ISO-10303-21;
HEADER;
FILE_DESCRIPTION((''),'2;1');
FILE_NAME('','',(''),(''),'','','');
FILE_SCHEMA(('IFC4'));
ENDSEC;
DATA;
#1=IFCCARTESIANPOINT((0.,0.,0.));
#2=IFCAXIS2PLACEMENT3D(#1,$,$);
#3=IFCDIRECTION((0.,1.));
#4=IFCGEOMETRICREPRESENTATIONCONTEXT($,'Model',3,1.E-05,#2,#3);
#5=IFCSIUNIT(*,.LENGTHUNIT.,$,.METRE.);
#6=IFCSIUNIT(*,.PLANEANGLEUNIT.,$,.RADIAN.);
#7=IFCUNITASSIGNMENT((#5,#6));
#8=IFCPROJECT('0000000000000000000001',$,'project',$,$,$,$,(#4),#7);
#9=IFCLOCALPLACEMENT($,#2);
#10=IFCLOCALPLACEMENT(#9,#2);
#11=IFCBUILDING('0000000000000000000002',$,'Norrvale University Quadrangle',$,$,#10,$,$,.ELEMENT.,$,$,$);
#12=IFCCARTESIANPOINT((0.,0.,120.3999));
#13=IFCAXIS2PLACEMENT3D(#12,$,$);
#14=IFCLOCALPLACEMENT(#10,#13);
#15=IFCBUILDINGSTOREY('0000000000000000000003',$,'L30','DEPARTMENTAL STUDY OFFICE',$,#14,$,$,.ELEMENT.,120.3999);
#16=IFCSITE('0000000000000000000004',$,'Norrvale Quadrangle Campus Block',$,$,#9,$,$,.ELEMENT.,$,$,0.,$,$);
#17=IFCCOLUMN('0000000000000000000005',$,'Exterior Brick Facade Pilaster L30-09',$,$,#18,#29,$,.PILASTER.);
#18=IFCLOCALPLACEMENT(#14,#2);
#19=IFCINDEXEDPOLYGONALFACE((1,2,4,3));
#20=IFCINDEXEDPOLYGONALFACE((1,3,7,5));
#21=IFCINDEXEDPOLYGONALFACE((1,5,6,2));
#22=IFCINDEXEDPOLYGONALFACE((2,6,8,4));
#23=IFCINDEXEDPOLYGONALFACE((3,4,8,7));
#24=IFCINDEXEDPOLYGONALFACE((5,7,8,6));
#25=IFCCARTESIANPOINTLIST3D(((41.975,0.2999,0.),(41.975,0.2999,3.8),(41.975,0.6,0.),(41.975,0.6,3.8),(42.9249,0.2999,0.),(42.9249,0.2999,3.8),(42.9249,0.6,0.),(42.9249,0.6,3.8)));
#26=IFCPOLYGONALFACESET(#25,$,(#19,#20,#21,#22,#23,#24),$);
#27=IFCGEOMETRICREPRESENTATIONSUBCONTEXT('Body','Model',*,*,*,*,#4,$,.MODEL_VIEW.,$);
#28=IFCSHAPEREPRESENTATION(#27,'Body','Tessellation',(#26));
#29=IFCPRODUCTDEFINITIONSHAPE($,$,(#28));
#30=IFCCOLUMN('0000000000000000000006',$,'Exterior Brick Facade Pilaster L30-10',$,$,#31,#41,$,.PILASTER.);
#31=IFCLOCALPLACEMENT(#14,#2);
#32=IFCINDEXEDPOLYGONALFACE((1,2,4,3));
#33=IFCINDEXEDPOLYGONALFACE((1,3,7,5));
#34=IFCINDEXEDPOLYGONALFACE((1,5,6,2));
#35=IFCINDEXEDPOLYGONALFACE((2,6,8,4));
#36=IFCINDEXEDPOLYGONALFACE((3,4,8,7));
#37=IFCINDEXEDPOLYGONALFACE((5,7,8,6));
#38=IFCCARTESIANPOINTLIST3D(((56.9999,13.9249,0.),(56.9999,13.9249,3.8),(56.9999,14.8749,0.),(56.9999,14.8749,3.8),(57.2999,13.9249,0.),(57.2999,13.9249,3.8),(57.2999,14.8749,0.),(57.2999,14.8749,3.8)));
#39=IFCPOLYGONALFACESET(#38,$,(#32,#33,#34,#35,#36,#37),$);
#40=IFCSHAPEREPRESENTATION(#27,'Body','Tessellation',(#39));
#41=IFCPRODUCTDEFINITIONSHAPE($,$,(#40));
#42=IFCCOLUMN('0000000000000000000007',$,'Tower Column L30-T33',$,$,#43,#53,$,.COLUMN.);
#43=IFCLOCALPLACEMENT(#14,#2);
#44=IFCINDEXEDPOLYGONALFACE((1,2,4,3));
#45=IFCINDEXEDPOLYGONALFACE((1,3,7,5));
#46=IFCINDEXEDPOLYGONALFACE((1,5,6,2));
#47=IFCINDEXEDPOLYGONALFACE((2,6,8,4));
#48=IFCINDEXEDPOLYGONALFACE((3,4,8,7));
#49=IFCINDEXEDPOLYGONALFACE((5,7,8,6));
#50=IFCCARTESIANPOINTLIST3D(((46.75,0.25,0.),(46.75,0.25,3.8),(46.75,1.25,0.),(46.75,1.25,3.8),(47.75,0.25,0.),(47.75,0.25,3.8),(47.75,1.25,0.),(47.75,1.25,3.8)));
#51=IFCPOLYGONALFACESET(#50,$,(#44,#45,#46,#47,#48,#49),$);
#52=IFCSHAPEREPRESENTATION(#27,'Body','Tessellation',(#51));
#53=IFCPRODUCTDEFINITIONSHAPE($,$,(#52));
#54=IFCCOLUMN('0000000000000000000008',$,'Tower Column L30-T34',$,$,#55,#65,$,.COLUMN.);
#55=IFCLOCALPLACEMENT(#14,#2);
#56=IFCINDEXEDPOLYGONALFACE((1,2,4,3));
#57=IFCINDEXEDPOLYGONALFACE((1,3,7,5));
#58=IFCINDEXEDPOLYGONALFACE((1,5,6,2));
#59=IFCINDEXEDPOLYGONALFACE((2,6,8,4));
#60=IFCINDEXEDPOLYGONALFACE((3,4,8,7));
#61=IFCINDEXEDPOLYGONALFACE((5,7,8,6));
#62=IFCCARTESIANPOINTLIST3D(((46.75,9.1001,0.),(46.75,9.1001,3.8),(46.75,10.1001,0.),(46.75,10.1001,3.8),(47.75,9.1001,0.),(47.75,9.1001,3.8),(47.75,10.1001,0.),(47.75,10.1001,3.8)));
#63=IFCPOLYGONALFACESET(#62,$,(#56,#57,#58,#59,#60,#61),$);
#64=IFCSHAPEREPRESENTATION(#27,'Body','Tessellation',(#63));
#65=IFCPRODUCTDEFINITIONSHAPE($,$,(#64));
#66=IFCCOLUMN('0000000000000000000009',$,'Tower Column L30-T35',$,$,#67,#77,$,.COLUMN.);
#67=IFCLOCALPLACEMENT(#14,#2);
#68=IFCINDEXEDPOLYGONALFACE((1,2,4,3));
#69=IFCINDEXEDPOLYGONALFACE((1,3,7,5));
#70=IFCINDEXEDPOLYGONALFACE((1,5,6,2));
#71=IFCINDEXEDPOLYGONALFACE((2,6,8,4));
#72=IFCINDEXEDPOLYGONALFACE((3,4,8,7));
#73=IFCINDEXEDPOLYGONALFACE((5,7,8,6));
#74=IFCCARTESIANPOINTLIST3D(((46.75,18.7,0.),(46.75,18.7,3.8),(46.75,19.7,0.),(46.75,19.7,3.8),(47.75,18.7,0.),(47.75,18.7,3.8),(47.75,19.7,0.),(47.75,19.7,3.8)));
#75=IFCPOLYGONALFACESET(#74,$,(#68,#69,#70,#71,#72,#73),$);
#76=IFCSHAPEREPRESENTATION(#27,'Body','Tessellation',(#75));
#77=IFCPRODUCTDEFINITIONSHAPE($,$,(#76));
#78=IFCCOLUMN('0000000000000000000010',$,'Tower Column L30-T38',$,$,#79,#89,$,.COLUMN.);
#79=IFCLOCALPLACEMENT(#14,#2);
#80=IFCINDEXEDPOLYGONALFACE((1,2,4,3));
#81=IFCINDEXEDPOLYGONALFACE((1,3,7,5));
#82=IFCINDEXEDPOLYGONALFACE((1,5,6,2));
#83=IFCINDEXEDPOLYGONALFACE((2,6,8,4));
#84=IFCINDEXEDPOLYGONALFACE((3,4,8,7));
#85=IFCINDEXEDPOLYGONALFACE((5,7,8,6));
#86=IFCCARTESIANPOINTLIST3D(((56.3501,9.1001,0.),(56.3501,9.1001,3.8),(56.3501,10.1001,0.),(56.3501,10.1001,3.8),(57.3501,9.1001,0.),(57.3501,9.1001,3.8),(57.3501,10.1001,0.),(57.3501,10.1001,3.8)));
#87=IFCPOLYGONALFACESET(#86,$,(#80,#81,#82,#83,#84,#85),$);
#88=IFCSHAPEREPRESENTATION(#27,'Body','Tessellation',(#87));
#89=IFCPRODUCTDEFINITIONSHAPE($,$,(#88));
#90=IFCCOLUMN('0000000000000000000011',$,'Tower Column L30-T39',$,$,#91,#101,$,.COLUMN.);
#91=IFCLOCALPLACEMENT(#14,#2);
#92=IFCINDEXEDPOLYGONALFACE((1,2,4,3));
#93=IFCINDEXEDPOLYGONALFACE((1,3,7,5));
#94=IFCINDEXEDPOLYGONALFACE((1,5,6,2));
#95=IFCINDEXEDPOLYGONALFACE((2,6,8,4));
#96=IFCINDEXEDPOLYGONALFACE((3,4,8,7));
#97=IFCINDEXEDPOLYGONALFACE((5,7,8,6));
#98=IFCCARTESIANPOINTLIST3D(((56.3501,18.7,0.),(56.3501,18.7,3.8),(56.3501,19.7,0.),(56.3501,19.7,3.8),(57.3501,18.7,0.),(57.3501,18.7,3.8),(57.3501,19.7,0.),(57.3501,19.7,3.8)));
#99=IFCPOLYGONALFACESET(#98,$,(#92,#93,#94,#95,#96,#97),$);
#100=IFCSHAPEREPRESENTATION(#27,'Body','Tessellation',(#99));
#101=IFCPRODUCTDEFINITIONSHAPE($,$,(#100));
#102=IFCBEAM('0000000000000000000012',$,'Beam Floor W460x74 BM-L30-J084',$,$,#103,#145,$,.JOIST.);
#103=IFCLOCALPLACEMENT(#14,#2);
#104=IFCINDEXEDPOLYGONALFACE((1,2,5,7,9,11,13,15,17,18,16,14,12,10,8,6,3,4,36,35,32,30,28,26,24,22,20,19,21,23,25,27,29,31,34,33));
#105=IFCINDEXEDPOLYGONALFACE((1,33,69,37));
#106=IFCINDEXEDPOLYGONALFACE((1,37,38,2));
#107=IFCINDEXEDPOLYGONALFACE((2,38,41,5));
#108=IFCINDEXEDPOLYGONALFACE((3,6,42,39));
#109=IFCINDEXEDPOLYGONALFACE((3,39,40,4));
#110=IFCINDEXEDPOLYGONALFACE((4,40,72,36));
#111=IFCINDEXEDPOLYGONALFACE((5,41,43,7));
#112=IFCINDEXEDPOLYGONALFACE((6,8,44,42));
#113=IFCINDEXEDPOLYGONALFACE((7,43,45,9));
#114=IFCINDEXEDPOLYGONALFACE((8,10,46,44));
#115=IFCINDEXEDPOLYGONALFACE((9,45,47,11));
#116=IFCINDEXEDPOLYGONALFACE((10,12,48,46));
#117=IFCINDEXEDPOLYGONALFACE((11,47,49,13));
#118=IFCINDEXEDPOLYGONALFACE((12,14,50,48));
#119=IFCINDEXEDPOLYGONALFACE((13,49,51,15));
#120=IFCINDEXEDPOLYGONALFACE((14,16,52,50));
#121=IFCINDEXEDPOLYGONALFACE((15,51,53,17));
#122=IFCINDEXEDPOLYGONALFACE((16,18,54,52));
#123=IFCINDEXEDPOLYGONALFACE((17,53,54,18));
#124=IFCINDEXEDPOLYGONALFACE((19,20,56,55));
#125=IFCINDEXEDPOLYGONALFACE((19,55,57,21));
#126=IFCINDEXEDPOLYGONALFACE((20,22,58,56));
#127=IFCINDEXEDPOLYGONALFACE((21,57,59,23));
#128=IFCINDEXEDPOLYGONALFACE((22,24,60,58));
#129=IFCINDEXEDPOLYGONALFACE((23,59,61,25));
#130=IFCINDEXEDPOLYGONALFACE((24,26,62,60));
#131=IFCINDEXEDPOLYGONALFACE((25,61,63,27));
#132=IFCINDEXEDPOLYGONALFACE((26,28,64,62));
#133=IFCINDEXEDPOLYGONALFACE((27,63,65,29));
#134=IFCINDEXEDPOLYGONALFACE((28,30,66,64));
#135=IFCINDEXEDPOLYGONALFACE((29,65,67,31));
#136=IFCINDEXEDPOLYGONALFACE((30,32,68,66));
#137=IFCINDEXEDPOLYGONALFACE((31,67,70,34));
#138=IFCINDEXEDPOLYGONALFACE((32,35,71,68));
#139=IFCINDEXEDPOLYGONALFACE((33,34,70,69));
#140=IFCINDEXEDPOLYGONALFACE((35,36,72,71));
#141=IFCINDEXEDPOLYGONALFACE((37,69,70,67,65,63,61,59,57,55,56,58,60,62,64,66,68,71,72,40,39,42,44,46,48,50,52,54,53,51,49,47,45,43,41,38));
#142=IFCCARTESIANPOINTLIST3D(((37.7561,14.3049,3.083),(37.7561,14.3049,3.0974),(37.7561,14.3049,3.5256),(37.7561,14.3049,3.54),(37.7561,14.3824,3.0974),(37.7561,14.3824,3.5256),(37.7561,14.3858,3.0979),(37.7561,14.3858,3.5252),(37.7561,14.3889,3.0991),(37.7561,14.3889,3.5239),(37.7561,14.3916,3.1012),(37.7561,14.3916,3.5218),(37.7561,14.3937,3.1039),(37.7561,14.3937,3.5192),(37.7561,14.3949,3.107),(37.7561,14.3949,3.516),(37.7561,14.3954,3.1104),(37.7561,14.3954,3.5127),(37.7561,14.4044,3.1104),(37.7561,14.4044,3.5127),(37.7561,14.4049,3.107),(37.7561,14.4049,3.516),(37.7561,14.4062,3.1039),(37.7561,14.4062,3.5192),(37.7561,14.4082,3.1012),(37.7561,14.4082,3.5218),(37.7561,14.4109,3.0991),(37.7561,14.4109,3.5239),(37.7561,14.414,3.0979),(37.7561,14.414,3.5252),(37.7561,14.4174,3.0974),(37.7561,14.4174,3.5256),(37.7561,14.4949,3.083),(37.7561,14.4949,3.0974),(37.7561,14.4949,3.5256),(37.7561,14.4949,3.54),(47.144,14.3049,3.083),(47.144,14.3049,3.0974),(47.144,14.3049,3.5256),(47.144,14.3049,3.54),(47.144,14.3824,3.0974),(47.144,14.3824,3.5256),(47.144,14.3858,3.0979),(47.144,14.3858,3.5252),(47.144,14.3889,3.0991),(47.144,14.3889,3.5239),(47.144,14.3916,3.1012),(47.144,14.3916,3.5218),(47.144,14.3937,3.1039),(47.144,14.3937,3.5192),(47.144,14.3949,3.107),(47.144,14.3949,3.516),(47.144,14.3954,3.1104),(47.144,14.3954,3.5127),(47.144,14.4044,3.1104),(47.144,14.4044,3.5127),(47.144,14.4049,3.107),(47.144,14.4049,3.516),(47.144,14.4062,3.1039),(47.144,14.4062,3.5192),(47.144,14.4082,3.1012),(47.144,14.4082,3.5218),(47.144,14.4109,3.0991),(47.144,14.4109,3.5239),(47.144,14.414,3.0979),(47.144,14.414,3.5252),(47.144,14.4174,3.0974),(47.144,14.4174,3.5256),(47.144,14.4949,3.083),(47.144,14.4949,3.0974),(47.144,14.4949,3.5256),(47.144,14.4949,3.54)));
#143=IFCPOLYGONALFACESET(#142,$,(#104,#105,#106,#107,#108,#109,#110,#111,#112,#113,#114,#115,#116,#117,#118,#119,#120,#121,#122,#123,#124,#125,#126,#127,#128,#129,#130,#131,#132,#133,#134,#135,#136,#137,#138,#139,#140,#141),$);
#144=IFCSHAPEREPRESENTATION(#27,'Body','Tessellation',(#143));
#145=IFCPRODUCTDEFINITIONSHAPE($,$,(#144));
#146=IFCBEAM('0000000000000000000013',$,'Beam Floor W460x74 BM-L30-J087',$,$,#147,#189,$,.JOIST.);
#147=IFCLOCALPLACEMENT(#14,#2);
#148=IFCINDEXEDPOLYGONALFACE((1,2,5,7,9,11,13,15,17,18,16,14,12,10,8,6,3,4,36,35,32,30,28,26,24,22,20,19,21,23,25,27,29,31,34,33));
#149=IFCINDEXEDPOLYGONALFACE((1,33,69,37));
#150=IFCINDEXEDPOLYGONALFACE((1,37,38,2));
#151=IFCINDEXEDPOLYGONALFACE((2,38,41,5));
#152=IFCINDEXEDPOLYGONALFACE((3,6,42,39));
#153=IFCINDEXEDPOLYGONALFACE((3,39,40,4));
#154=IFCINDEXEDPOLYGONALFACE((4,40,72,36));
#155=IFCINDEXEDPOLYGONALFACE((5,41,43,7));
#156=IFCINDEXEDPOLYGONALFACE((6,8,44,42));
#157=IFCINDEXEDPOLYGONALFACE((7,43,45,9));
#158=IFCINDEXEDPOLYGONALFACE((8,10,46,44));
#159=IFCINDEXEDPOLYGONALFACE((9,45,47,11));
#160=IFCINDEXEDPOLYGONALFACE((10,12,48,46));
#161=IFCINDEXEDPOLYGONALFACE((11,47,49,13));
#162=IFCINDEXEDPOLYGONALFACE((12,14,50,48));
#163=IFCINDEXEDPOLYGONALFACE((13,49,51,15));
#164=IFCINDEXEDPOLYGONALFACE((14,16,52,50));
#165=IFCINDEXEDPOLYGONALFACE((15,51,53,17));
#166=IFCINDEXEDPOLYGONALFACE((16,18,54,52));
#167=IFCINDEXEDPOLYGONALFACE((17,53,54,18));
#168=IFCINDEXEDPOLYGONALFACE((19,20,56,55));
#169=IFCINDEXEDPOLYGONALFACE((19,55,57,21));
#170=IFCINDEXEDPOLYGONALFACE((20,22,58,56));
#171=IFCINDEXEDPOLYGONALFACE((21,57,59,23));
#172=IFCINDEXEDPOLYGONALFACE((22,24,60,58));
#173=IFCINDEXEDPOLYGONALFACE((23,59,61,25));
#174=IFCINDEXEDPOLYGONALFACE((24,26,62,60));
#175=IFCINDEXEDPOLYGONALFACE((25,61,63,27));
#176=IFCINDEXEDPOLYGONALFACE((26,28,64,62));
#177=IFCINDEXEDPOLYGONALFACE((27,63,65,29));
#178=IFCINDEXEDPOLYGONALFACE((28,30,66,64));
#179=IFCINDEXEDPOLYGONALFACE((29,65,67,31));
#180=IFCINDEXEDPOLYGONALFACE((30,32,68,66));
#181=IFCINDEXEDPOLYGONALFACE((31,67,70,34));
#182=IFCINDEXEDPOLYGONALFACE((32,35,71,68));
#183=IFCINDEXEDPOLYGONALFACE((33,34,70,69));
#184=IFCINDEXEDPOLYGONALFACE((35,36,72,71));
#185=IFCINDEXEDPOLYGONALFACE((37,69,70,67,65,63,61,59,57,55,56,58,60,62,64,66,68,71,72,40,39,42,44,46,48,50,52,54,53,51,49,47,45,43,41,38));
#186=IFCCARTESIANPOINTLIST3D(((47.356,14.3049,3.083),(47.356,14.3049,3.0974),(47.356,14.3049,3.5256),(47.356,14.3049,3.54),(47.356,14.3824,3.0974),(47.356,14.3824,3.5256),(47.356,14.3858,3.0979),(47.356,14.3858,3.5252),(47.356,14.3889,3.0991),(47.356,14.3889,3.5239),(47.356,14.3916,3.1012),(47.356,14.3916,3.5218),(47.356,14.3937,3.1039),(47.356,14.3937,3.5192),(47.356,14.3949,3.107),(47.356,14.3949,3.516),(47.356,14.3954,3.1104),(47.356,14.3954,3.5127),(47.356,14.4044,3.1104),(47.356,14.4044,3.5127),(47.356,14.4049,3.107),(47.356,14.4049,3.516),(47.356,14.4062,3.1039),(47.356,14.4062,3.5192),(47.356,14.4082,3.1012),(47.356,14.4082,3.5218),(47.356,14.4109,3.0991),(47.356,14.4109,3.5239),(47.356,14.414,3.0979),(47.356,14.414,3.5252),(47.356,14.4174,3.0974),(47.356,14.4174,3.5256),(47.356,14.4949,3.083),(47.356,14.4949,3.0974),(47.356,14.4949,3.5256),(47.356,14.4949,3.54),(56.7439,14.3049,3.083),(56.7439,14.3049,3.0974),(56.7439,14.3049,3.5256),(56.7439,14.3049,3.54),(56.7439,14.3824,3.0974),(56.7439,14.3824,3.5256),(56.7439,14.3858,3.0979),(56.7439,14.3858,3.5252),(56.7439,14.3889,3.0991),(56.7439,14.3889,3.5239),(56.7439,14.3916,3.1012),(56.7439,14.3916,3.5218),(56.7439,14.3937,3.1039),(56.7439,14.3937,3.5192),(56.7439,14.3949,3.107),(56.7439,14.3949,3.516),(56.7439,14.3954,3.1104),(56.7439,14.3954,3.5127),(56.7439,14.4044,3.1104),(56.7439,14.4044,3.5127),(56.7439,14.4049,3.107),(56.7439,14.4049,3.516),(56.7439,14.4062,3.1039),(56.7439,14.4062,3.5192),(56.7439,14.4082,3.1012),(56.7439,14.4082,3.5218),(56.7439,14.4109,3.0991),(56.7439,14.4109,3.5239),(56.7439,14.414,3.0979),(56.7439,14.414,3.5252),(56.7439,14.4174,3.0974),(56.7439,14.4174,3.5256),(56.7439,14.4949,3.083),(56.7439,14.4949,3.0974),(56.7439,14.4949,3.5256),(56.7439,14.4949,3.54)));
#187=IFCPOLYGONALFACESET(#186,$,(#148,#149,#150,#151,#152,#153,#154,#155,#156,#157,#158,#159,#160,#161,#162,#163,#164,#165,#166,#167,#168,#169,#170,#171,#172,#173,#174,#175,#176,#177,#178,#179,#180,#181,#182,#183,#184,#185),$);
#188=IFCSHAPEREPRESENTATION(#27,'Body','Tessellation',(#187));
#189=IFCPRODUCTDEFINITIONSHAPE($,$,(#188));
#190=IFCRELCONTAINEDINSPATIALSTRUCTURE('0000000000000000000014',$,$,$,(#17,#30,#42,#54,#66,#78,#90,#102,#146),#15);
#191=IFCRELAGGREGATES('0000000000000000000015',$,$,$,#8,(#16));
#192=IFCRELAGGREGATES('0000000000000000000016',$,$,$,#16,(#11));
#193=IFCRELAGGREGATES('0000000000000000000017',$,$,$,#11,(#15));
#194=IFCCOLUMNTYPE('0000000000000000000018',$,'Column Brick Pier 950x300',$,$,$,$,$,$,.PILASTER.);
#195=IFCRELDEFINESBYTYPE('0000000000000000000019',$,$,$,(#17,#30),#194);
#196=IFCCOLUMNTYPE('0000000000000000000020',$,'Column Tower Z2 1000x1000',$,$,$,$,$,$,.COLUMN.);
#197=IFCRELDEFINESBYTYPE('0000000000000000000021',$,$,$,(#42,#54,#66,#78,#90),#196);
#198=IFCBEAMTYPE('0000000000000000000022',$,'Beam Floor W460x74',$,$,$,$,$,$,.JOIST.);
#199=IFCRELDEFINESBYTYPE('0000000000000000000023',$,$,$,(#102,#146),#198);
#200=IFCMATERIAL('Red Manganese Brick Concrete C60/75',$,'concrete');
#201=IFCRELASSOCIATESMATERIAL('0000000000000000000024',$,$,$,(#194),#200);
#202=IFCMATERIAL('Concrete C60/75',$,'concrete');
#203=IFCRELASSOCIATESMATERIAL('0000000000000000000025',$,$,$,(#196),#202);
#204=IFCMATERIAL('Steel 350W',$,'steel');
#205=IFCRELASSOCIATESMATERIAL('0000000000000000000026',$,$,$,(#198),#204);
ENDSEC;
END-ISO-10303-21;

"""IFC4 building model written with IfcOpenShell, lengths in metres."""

from ifc_helpers import new_model, si_unit, direction, frame, origin, origin_2d, place, context, subcontext, project, spatial, rectangle, i_section, extrude, material, material_profile, profile_set, type_object, element, save


model = new_model("IFC4")

# Units and contexts
model_context = context("Model", 3, precision=1e-05, world=origin(), true_north=direction((0.0, 1.0)))
body_context = subcontext(model_context, "Body", "Model", "MODEL_VIEW")
ifc_project = project(units=[si_unit("LENGTHUNIT", "METRE"), si_unit("PLANEANGLEUNIT", "RADIAN")], contexts=[model_context])

# Site, building, storey
site_placement = place(None, origin())
site = spatial("IfcSite", under=ifc_project, at=site_placement, Name="Norrvale Quadrangle Campus Block", CompositionType="ELEMENT", RefElevation=0.0)
building_placement = place(site_placement, origin())
building = spatial("IfcBuilding", under=site, at=building_placement, Name="Norrvale University Quadrangle", CompositionType="ELEMENT")
storey_placement = place(building_placement, frame((0.0, 0.0, 120.3999)))
storey = spatial("IfcBuildingStorey", under=building, at=storey_placement, Name="L30", Description="DEPARTMENTAL STUDY OFFICE", CompositionType="ELEMENT", Elevation=120.3999)

# Columns
ifc_material_1 = material(Name="Red Manganese Brick Concrete C60/75", Category="concrete")
ifc_material_profile_1 = material_profile(ifc_material_1, rectangle(XDim=0.95, YDim=0.3, at=origin_2d()), Name="Red Manganese Brick Concrete C60/75")
ifc_profile_set_1 = profile_set([ifc_material_profile_1], Name="Red Manganese Brick Concrete C60/75")
column_type_1 = type_object("IfcColumnType", Name="Column Brick Pier 950x300", PredefinedType="PILASTER", material=ifc_profile_set_1)
for number, where, z_axis, x_axis, name in (
    (1, (42.45, 0.45, 0.0), (0.0, 0.0, 1.0), (1.0, 0.0, 0.0), "Exterior Brick Facade Pilaster L30-09"),
    (2, (57.1499, 14.3999, 0.0), (0.0, 0.0, 1.0), (0.0, 1.0, 0.0), "Exterior Brick Facade Pilaster L30-10"),
):
    element("IfcColumn", number, at=place(storey_placement, frame(where, z_axis=z_axis, x_axis=x_axis)), inside=storey, type_object=column_type_1, Name=name, PredefinedType="PILASTER", context=body_context, shape_type="SweptSolid", body=[
        extrude(rectangle(XDim=0.95, YDim=0.3, at=origin_2d()), origin(), (0.0, 0.0, 1.0), 3.8),
    ])
ifc_material_2 = material(Name="Concrete C60/75", Category="concrete")
ifc_material_profile_2 = material_profile(ifc_material_2, rectangle(XDim=1.0, YDim=1.0, at=origin_2d()), Name="Concrete C60/75")
ifc_profile_set_2 = profile_set([ifc_material_profile_2], Name="Concrete C60/75")
column_type_2 = type_object("IfcColumnType", Name="Column Tower Z2 1000x1000", PredefinedType="COLUMN", material=ifc_profile_set_2)
for number, where, z_axis, x_axis, name in (
    (3, (47.25, 0.75, 0.0), (0.0, 0.0, 1.0), (1.0, 0.0, 0.0), "Tower Column L30-T33"),
    (4, (47.25, 9.6001, 0.0), (0.0, 0.0, 1.0), (1.0, 0.0, 0.0), "Tower Column L30-T34"),
    (5, (47.25, 19.2, 0.0), (0.0, 0.0, 1.0), (1.0, 0.0, 0.0), "Tower Column L30-T35"),
    (6, (56.8501, 9.6001, 0.0), (0.0, 0.0, 1.0), (1.0, 0.0, 0.0), "Tower Column L30-T38"),
    (7, (56.8501, 19.2, 0.0), (0.0, 0.0, 1.0), (1.0, 0.0, 0.0), "Tower Column L30-T39"),
):
    element("IfcColumn", number, at=place(storey_placement, frame(where, z_axis=z_axis, x_axis=x_axis)), inside=storey, type_object=column_type_2, Name=name, PredefinedType="COLUMN", context=body_context, shape_type="SweptSolid", body=[
        extrude(rectangle(XDim=1.0, YDim=1.0, at=origin_2d()), origin(), (0.0, 0.0, 1.0), 3.8),
    ])

# Beams
ifc_material_3 = material(Name="Steel 350W", Category="steel")
ifc_material_profile_3 = material_profile(ifc_material_3, i_section(OverallWidth=0.1899, OverallDepth=0.457, WebThickness=0.009, FlangeThickness=0.0144, FilletRadius=0.0129, at=origin_2d()), Name="Steel 350W")
ifc_profile_set_3 = profile_set([ifc_material_profile_3], Name="Steel 350W")
beam_type_1 = type_object("IfcBeamType", Name="Beam Floor W460x74", PredefinedType="JOIST", material=ifc_profile_set_3)
for number, where, z_axis, x_axis, name in (
    (8, (37.7561, 14.3999, 3.3115), (1.0, 0.0, 0.0), (0.0, 1.0, 0.0), "Beam Floor W460x74 BM-L30-J084"),
    (9, (47.356, 14.3999, 3.3115), (1.0, 0.0, 0.0), (0.0, 1.0, 0.0), "Beam Floor W460x74 BM-L30-J087"),
):
    element("IfcBeam", number, at=place(storey_placement, frame(where, z_axis=z_axis, x_axis=x_axis)), inside=storey, type_object=beam_type_1, Name=name, PredefinedType="JOIST", context=body_context, shape_type="SweptSolid", body=[
        extrude(i_section(OverallWidth=0.1899, OverallDepth=0.457, WebThickness=0.009, FlangeThickness=0.0144, FilletRadius=0.0129, at=origin_2d()), origin(), (0.0, 0.0, 1.0), 9.3879),
    ])

save(model, "model.ifc")
